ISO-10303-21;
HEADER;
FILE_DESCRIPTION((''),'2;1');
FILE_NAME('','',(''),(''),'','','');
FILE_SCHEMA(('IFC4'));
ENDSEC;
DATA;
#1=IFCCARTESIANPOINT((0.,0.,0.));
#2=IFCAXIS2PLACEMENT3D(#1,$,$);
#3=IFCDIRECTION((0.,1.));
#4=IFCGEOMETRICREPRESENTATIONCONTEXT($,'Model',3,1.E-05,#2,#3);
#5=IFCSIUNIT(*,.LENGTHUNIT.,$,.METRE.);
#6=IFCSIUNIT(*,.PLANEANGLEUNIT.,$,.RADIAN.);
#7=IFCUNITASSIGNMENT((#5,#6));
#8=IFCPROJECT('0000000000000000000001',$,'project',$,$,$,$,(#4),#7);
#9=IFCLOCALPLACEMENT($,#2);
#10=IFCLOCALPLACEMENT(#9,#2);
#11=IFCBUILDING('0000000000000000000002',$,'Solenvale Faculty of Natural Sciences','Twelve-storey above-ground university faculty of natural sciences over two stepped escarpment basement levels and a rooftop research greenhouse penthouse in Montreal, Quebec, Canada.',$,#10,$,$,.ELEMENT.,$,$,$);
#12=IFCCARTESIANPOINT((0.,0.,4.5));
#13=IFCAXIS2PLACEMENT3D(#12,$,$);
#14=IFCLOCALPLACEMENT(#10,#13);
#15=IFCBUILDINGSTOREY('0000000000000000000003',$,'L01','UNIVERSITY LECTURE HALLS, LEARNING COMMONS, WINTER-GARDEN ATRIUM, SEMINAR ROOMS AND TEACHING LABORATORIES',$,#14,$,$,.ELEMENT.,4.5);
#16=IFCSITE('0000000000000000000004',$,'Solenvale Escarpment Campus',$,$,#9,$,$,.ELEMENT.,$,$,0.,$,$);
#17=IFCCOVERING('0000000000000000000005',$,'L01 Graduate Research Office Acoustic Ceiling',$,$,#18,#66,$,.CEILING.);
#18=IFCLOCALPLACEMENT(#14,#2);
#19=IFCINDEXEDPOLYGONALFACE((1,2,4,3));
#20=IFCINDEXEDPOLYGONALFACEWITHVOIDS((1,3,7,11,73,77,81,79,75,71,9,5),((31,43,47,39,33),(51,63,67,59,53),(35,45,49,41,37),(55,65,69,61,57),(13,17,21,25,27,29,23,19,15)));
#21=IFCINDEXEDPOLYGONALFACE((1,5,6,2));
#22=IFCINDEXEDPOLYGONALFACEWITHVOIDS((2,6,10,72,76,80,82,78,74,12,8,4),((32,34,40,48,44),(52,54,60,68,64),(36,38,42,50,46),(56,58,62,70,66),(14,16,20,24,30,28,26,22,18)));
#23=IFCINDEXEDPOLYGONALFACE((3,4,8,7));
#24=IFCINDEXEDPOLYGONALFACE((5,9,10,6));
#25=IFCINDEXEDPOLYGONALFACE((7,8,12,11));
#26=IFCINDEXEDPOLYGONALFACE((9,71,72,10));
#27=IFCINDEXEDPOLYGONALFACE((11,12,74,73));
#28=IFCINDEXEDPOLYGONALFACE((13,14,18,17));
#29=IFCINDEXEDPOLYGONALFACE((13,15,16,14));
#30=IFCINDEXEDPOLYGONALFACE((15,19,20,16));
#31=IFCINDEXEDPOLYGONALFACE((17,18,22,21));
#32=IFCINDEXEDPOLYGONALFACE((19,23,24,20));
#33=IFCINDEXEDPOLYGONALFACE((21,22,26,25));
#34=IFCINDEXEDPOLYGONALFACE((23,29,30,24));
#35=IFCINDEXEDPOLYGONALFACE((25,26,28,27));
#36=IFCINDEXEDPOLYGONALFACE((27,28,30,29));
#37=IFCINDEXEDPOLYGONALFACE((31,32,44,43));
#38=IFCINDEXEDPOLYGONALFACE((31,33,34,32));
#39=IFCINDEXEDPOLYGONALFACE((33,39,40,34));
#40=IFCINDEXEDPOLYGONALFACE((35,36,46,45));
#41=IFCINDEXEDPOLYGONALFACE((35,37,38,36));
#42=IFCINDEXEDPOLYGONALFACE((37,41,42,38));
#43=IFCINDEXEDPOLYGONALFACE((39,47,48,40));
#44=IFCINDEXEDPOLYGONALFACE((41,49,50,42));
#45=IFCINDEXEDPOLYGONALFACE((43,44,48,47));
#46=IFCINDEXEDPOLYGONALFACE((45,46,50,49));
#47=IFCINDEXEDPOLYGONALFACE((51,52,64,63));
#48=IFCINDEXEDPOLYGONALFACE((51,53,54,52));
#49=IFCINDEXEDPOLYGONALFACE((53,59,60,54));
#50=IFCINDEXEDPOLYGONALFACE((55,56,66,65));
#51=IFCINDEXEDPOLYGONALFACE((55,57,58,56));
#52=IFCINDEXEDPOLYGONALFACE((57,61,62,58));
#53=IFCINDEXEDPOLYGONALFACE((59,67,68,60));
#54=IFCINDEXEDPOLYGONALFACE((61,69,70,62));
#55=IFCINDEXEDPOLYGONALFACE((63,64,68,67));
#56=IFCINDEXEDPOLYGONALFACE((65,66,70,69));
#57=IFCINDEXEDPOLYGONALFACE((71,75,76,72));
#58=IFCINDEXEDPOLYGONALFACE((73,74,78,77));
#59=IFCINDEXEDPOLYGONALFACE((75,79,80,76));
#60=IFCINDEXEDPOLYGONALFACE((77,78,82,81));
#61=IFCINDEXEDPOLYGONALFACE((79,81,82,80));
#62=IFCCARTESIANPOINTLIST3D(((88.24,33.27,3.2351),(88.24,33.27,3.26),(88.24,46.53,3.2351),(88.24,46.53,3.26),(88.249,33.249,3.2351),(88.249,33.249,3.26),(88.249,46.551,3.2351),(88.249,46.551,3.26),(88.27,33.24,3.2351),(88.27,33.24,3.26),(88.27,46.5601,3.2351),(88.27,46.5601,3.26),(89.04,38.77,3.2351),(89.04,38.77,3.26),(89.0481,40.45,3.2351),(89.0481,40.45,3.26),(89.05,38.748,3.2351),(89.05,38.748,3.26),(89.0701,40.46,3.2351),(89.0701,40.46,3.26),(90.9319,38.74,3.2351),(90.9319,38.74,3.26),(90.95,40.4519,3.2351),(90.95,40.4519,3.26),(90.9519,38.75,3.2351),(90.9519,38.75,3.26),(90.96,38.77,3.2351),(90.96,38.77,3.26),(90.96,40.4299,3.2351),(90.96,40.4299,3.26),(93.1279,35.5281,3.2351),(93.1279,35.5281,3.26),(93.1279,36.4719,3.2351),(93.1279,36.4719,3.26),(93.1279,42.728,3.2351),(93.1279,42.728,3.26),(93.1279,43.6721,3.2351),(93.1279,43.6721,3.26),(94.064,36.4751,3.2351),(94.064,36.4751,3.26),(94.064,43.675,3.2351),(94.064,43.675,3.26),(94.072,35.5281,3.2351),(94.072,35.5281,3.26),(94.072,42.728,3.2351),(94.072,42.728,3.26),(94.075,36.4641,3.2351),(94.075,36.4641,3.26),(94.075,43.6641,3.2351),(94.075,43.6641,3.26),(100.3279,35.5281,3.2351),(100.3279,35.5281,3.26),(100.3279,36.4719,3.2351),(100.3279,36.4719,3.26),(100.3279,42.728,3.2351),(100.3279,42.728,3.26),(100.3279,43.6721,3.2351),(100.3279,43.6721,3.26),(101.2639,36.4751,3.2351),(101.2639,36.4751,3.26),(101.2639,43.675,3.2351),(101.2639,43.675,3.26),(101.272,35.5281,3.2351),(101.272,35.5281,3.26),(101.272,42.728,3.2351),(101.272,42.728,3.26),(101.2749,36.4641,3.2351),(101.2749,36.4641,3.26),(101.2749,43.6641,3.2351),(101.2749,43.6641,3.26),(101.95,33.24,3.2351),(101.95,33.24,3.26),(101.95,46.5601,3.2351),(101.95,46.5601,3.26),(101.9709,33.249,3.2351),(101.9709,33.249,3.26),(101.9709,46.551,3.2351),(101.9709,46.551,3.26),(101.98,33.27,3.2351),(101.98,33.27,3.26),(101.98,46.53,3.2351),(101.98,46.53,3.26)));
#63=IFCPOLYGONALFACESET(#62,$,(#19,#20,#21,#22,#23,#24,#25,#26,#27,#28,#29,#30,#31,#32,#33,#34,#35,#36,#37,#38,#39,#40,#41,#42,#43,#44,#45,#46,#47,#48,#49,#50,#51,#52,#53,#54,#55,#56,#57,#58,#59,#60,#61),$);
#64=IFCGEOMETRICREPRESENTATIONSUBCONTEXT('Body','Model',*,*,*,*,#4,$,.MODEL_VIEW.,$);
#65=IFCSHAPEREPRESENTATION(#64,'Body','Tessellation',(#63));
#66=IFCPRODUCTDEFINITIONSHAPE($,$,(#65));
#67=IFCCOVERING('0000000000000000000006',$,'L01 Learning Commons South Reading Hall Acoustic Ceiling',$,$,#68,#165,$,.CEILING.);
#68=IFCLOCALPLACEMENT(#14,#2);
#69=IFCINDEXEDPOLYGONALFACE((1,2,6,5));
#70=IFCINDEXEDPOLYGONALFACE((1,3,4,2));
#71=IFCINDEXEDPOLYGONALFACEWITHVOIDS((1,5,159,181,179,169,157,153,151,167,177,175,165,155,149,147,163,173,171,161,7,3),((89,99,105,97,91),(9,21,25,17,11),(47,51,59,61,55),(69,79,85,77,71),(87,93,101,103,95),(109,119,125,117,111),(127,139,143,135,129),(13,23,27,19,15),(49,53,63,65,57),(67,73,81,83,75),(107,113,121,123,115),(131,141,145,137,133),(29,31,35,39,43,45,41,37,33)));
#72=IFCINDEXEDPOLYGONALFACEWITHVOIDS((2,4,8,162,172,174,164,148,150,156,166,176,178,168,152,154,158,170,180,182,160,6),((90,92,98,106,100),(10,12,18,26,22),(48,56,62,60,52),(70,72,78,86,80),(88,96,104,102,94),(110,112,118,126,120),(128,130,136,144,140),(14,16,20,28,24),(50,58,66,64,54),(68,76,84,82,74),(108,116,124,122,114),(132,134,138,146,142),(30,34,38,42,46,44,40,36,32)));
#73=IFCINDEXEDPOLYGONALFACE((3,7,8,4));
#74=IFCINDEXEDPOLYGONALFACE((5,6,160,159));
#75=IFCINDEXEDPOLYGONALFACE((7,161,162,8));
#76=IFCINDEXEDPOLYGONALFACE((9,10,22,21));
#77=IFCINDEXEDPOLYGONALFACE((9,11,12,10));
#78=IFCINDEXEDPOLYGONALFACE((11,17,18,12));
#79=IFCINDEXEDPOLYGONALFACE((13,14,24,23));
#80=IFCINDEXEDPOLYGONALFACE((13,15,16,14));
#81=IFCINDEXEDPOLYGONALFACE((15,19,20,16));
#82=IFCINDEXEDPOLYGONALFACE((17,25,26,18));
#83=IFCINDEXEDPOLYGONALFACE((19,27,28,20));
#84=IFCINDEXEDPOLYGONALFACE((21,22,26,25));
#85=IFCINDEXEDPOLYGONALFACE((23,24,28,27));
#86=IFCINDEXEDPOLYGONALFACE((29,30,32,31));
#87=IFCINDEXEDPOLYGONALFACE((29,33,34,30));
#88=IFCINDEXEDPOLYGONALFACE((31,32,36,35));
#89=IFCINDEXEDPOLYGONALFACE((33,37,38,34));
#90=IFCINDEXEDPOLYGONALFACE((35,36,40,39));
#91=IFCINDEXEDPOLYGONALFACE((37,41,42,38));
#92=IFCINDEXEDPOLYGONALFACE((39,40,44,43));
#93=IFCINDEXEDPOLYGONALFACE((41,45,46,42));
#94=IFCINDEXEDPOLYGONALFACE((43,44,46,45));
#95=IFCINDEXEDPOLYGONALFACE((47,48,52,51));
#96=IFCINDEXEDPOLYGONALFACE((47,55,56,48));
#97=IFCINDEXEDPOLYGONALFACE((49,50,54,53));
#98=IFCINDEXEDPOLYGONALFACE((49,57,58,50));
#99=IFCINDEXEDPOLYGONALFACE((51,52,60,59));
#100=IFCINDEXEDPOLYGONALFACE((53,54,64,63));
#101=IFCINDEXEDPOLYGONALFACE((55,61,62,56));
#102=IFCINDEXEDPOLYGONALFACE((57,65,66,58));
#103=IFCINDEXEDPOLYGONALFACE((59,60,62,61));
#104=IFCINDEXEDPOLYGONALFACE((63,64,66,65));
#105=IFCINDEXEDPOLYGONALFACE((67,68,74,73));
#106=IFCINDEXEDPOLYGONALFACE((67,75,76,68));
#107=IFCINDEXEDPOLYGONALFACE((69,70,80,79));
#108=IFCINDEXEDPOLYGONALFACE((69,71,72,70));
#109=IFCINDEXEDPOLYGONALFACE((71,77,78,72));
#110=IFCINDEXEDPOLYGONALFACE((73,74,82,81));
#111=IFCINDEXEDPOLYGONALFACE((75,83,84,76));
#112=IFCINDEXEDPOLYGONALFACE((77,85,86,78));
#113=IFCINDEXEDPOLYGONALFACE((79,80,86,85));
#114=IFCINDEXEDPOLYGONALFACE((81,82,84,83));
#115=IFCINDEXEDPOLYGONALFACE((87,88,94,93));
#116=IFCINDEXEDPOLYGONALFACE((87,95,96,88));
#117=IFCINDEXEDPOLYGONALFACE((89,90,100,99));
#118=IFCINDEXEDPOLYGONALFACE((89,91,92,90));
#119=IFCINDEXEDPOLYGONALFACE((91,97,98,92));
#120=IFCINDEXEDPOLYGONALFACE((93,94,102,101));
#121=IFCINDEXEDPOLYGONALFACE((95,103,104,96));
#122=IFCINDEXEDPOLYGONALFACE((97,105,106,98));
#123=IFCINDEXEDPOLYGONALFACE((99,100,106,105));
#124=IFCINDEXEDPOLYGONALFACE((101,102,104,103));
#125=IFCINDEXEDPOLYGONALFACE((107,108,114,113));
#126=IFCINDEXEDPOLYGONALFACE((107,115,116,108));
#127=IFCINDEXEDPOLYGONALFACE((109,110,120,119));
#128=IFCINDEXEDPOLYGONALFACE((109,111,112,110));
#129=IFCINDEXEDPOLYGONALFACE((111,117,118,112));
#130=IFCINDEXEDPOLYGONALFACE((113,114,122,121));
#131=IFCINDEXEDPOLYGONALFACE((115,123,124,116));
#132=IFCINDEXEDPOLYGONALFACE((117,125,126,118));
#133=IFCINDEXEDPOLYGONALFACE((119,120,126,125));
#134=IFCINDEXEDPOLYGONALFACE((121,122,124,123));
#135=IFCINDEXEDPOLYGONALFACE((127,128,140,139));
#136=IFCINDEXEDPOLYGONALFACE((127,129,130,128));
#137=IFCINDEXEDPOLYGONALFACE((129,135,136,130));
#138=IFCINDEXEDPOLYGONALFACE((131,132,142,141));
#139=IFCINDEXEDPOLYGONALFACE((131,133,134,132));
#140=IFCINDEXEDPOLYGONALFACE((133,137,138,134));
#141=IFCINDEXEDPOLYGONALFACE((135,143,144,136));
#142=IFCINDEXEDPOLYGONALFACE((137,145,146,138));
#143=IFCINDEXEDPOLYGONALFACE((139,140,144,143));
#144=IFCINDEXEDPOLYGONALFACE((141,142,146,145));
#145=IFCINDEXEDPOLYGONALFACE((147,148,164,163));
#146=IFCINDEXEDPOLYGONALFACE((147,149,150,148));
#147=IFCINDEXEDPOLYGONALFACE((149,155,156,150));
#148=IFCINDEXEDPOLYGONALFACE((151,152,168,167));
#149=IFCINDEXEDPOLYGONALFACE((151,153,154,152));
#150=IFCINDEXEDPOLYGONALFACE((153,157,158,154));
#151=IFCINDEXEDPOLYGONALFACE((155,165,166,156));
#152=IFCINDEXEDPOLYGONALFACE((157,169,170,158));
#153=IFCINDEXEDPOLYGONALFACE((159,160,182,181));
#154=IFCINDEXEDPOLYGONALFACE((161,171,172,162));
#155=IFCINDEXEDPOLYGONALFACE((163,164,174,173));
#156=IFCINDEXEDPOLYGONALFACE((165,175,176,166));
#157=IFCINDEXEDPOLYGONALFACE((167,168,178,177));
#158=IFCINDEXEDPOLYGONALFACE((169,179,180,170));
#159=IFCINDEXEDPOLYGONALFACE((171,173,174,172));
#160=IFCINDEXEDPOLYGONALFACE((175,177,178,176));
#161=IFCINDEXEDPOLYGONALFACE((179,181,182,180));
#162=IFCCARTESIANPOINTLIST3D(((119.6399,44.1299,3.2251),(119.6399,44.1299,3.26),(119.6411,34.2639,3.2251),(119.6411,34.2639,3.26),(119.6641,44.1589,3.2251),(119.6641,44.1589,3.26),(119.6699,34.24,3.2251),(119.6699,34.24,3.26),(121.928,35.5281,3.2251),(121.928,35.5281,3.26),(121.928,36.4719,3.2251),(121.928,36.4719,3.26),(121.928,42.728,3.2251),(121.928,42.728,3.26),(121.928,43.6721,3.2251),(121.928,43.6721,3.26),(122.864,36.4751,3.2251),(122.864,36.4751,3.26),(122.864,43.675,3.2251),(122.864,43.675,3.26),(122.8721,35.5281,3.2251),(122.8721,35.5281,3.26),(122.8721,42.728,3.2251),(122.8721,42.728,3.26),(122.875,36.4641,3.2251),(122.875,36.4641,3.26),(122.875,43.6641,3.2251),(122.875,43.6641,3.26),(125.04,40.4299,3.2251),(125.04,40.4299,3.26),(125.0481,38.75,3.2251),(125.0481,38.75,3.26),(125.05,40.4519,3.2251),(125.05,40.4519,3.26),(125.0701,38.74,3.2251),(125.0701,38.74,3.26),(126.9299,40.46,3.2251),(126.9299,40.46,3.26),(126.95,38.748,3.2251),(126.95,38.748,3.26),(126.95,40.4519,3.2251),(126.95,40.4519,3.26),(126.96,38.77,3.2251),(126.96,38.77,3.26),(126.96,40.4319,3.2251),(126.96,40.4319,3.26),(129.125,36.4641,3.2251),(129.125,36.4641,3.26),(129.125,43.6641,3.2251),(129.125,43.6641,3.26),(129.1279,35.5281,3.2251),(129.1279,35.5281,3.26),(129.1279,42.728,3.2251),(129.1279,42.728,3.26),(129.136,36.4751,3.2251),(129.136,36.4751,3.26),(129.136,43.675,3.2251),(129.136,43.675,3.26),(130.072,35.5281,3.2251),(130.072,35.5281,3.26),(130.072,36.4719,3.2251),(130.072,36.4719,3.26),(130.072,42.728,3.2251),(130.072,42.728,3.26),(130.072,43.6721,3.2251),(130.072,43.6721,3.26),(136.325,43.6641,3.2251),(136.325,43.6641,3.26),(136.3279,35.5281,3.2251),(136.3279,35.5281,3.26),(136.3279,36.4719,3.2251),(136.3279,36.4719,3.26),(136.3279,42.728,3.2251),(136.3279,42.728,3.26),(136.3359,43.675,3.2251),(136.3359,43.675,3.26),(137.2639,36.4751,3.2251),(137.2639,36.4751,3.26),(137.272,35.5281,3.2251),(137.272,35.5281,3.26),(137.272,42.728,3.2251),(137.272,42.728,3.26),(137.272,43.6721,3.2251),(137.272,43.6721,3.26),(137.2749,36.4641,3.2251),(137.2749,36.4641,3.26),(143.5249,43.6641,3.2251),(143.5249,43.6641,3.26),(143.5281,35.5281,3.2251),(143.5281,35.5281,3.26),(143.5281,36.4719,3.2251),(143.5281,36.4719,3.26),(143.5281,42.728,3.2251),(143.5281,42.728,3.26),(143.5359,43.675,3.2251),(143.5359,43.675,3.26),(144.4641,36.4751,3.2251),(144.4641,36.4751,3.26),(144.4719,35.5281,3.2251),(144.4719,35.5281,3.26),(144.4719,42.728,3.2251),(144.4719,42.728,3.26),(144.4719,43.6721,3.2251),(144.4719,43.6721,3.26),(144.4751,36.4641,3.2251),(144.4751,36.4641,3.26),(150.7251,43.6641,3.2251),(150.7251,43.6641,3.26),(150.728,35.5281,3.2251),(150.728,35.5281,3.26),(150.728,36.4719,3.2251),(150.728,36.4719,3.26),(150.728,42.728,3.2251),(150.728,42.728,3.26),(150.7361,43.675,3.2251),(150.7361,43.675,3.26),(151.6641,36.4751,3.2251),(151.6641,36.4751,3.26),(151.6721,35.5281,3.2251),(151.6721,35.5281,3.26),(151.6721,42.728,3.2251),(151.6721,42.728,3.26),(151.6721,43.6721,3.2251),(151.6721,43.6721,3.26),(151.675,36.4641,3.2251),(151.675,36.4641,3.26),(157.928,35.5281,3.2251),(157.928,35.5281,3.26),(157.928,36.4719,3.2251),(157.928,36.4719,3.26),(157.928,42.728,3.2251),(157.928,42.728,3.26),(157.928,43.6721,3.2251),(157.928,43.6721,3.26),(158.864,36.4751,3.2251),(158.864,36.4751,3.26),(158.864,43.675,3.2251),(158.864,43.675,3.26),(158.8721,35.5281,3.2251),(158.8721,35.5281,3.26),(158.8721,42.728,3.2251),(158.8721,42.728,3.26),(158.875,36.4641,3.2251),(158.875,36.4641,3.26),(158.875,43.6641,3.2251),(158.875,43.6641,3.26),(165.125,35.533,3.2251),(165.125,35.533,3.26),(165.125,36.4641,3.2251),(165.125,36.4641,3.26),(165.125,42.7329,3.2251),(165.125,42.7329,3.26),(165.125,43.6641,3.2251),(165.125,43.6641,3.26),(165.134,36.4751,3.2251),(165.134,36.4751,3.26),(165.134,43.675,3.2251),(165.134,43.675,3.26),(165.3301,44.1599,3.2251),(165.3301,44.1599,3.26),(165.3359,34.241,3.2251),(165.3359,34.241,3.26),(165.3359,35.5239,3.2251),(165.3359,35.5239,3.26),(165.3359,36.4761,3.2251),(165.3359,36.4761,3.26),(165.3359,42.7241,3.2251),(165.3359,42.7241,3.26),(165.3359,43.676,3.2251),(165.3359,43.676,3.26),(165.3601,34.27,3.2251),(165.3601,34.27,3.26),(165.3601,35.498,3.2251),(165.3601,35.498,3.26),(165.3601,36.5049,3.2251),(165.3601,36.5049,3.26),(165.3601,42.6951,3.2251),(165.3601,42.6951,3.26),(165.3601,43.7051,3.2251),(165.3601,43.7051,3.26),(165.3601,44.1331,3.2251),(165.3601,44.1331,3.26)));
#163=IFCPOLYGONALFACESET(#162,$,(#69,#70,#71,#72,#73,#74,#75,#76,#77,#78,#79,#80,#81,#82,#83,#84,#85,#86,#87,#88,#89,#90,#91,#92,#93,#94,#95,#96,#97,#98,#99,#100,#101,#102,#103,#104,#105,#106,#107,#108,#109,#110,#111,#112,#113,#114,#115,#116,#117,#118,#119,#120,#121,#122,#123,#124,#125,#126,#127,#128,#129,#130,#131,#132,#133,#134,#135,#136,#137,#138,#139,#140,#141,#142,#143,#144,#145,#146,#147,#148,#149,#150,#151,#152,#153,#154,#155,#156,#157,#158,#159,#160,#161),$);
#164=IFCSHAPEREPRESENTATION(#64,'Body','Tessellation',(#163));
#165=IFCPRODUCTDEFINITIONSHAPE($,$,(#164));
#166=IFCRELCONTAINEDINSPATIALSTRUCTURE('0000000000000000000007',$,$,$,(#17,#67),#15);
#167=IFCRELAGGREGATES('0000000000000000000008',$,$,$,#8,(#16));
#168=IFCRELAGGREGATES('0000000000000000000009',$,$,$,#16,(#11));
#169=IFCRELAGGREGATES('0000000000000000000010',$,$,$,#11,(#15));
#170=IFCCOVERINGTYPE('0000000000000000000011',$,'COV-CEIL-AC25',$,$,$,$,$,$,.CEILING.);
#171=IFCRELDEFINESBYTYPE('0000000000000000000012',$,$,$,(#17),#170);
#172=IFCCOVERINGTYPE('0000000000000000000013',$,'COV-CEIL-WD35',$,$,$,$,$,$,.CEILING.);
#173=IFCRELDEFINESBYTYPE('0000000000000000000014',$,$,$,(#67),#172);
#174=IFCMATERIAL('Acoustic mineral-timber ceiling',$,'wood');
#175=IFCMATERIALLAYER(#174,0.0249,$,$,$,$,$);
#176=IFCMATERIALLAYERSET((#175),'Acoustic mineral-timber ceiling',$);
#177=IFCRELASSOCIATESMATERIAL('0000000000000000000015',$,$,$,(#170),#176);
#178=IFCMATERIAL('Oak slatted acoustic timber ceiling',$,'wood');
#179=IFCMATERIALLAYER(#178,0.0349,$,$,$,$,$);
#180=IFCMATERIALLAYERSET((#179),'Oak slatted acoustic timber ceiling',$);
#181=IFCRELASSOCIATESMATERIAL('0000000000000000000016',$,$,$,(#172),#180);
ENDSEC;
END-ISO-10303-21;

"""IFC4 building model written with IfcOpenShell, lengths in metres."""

from ifc_helpers import new_model, si_unit, direction, frame, origin, place, context, subcontext, project, spatial, polyline, outline, extrude, material, layer, layer_set, type_object, element, save


model = new_model("IFC4")

# Units and contexts
model_context = context("Model", 3, precision=1e-05, world=origin(), true_north=direction((0.0, 1.0)))
body_context = subcontext(model_context, "Body", "Model", "MODEL_VIEW")
ifc_project = project(units=[si_unit("LENGTHUNIT", "METRE"), si_unit("PLANEANGLEUNIT", "RADIAN")], contexts=[model_context])

# Site, building, storey
site_placement = place(None, origin())
site = spatial("IfcSite", under=ifc_project, at=site_placement, Name="Solenvale Escarpment Campus", CompositionType="ELEMENT", RefElevation=0.0)
building_placement = place(site_placement, origin())
building = spatial("IfcBuilding", under=site, at=building_placement, Name="Solenvale Faculty of Natural Sciences", Description="Twelve-storey above-ground university faculty of natural sciences over two stepped escarpment basement levels and a rooftop research greenhouse penthouse in Montreal, Quebec, Canada.", CompositionType="ELEMENT")
storey_placement = place(building_placement, frame((0.0, 0.0, 4.5)))
storey = spatial("IfcBuildingStorey", under=building, at=storey_placement, Name="L01", Description="UNIVERSITY LECTURE HALLS, LEARNING COMMONS, WINTER-GARDEN ATRIUM, SEMINAR ROOMS AND TEACHING LABORATORIES", CompositionType="ELEMENT", Elevation=4.5)

# Coverings
ifc_material_1 = material(Name="Acoustic mineral-timber ceiling", Category="wood")
ifc_layer_1 = layer(ifc_material_1, 0.0249)
ifc_layer_set_1 = layer_set([ifc_layer_1], Name="Acoustic mineral-timber ceiling")
covering_type_1 = type_object("IfcCoveringType", Name="COV-CEIL-AC25", PredefinedType="CEILING", material=ifc_layer_set_1)
covering_1_placement = place(storey_placement, frame((0.0, 0.0, 3.2351)))
element("IfcCovering", 1, at=covering_1_placement, inside=storey, type_object=covering_type_1, Name="L01 Graduate Research Office Acoustic Ceiling", PredefinedType="CEILING", context=body_context, shape_type="SweptSolid", body=[
    extrude(outline(polyline([(101.95, 46.5601), (101.9709, 46.551), (101.98, 46.53), (101.98, 33.27), (101.9709, 33.249), (101.95, 33.24), (88.27, 33.24), (88.249, 33.249), (88.24, 33.27), (88.24, 46.53), (88.249, 46.551), (88.27, 46.5601), (101.95, 46.5601)]), holes=[polyline([(101.2749, 36.4641), (101.2639, 36.4751), (100.3279, 36.4719), (100.3279, 35.5281), (101.272, 35.5281), (101.2749, 36.4641)]), polyline([(101.2749, 43.6641), (101.2639, 43.675), (100.3279, 43.6721), (100.3279, 42.728), (101.272, 42.728), (101.2749, 43.6641)]), polyline([(94.075, 36.4641), (94.064, 36.4751), (93.1279, 36.4719), (93.1279, 35.5281), (94.072, 35.5281), (94.075, 36.4641)]), polyline([(94.075, 43.6641), (94.064, 43.675), (93.1279, 43.6721), (93.1279, 42.728), (94.072, 42.728), (94.075, 43.6641)]), polyline([(90.9319, 38.74), (90.9519, 38.75), (90.96, 38.77), (90.96, 40.4299), (90.95, 40.4519), (89.0701, 40.46), (89.0481, 40.45), (89.04, 38.77), (89.05, 38.748), (90.9319, 38.74)])]), origin(), (0.0, 0.0, 1.0), 0.0249),
])
ifc_material_2 = material(Name="Oak slatted acoustic timber ceiling", Category="wood")
ifc_layer_2 = layer(ifc_material_2, 0.0349)
ifc_layer_set_2 = layer_set([ifc_layer_2], Name="Oak slatted acoustic timber ceiling")
covering_type_2 = type_object("IfcCoveringType", Name="COV-CEIL-WD35", PredefinedType="CEILING", material=ifc_layer_set_2)
covering_2_placement = place(storey_placement, frame((0.0, 0.0, 3.2251)))
element("IfcCovering", 2, at=covering_2_placement, inside=storey, type_object=covering_type_2, Name="L01 Learning Commons South Reading Hall Acoustic Ceiling", PredefinedType="CEILING", context=body_context, shape_type="SweptSolid", body=[
    extrude(outline(polyline([(165.3601, 43.7051), (165.3359, 43.676), (165.134, 43.675), (165.125, 43.6641), (165.125, 42.7329), (165.3359, 42.7241), (165.3601, 42.6951), (165.3601, 36.5049), (165.3359, 36.4761), (165.134, 36.4751), (165.125, 36.4641), (165.125, 35.533), (165.3359, 35.5239), (165.3601, 35.498), (165.3601, 34.27), (165.3359, 34.241), (119.6699, 34.24), (119.6411, 34.2639), (119.6399, 44.1299), (119.6641, 44.1589), (165.3301, 44.1599), (165.3601, 44.1331), (165.3601, 43.7051)]), holes=[polyline([(158.875, 36.4641), (158.864, 36.4751), (157.928, 36.4719), (157.928, 35.5281), (158.8721, 35.5281), (158.875, 36.4641)]), polyline([(158.875, 43.6641), (158.864, 43.675), (157.928, 43.6721), (157.928, 42.728), (158.8721, 42.728), (158.875, 43.6641)]), polyline([(150.7361, 43.675), (150.7251, 43.6641), (150.728, 42.728), (151.6721, 42.728), (151.6721, 43.6721), (150.7361, 43.675)]), polyline([(151.675, 36.4641), (151.6641, 36.4751), (150.728, 36.4719), (150.728, 35.5281), (151.6721, 35.5281), (151.675, 36.4641)]), polyline([(143.5359, 43.675), (143.5249, 43.6641), (143.5281, 42.728), (144.4719, 42.728), (144.4719, 43.6721), (143.5359, 43.675)]), polyline([(144.4751, 36.4641), (144.4641, 36.4751), (143.5281, 36.4719), (143.5281, 35.5281), (144.4719, 35.5281), (144.4751, 36.4641)]), polyline([(136.3359, 43.675), (136.325, 43.6641), (136.3279, 42.728), (137.272, 42.728), (137.272, 43.6721), (136.3359, 43.675)]), polyline([(137.2749, 36.4641), (137.2639, 36.4751), (136.3279, 36.4719), (136.3279, 35.5281), (137.272, 35.5281), (137.2749, 36.4641)]), polyline([(129.136, 36.4751), (129.125, 36.4641), (129.1279, 35.5281), (130.072, 35.5281), (130.072, 36.4719), (129.136, 36.4751)]), polyline([(129.136, 43.675), (129.125, 43.6641), (129.1279, 42.728), (130.072, 42.728), (130.072, 43.6721), (129.136, 43.675)]), polyline([(126.96, 40.4319), (126.95, 40.4519), (126.9299, 40.46), (125.05, 40.4519), (125.04, 40.4299), (125.0481, 38.75), (125.0701, 38.74), (126.95, 38.748), (126.96, 38.77), (126.96, 40.4319)]), polyline([(122.875, 36.4641), (122.864, 36.4751), (121.928, 36.4719), (121.928, 35.5281), (122.8721, 35.5281), (122.875, 36.4641)]), polyline([(122.875, 43.6641), (122.864, 43.675), (121.928, 43.6721), (121.928, 42.728), (122.8721, 42.728), (122.875, 43.6641)])]), origin(), (0.0, 0.0, 1.0), 0.0349),
])

save(model, "model.ifc")
